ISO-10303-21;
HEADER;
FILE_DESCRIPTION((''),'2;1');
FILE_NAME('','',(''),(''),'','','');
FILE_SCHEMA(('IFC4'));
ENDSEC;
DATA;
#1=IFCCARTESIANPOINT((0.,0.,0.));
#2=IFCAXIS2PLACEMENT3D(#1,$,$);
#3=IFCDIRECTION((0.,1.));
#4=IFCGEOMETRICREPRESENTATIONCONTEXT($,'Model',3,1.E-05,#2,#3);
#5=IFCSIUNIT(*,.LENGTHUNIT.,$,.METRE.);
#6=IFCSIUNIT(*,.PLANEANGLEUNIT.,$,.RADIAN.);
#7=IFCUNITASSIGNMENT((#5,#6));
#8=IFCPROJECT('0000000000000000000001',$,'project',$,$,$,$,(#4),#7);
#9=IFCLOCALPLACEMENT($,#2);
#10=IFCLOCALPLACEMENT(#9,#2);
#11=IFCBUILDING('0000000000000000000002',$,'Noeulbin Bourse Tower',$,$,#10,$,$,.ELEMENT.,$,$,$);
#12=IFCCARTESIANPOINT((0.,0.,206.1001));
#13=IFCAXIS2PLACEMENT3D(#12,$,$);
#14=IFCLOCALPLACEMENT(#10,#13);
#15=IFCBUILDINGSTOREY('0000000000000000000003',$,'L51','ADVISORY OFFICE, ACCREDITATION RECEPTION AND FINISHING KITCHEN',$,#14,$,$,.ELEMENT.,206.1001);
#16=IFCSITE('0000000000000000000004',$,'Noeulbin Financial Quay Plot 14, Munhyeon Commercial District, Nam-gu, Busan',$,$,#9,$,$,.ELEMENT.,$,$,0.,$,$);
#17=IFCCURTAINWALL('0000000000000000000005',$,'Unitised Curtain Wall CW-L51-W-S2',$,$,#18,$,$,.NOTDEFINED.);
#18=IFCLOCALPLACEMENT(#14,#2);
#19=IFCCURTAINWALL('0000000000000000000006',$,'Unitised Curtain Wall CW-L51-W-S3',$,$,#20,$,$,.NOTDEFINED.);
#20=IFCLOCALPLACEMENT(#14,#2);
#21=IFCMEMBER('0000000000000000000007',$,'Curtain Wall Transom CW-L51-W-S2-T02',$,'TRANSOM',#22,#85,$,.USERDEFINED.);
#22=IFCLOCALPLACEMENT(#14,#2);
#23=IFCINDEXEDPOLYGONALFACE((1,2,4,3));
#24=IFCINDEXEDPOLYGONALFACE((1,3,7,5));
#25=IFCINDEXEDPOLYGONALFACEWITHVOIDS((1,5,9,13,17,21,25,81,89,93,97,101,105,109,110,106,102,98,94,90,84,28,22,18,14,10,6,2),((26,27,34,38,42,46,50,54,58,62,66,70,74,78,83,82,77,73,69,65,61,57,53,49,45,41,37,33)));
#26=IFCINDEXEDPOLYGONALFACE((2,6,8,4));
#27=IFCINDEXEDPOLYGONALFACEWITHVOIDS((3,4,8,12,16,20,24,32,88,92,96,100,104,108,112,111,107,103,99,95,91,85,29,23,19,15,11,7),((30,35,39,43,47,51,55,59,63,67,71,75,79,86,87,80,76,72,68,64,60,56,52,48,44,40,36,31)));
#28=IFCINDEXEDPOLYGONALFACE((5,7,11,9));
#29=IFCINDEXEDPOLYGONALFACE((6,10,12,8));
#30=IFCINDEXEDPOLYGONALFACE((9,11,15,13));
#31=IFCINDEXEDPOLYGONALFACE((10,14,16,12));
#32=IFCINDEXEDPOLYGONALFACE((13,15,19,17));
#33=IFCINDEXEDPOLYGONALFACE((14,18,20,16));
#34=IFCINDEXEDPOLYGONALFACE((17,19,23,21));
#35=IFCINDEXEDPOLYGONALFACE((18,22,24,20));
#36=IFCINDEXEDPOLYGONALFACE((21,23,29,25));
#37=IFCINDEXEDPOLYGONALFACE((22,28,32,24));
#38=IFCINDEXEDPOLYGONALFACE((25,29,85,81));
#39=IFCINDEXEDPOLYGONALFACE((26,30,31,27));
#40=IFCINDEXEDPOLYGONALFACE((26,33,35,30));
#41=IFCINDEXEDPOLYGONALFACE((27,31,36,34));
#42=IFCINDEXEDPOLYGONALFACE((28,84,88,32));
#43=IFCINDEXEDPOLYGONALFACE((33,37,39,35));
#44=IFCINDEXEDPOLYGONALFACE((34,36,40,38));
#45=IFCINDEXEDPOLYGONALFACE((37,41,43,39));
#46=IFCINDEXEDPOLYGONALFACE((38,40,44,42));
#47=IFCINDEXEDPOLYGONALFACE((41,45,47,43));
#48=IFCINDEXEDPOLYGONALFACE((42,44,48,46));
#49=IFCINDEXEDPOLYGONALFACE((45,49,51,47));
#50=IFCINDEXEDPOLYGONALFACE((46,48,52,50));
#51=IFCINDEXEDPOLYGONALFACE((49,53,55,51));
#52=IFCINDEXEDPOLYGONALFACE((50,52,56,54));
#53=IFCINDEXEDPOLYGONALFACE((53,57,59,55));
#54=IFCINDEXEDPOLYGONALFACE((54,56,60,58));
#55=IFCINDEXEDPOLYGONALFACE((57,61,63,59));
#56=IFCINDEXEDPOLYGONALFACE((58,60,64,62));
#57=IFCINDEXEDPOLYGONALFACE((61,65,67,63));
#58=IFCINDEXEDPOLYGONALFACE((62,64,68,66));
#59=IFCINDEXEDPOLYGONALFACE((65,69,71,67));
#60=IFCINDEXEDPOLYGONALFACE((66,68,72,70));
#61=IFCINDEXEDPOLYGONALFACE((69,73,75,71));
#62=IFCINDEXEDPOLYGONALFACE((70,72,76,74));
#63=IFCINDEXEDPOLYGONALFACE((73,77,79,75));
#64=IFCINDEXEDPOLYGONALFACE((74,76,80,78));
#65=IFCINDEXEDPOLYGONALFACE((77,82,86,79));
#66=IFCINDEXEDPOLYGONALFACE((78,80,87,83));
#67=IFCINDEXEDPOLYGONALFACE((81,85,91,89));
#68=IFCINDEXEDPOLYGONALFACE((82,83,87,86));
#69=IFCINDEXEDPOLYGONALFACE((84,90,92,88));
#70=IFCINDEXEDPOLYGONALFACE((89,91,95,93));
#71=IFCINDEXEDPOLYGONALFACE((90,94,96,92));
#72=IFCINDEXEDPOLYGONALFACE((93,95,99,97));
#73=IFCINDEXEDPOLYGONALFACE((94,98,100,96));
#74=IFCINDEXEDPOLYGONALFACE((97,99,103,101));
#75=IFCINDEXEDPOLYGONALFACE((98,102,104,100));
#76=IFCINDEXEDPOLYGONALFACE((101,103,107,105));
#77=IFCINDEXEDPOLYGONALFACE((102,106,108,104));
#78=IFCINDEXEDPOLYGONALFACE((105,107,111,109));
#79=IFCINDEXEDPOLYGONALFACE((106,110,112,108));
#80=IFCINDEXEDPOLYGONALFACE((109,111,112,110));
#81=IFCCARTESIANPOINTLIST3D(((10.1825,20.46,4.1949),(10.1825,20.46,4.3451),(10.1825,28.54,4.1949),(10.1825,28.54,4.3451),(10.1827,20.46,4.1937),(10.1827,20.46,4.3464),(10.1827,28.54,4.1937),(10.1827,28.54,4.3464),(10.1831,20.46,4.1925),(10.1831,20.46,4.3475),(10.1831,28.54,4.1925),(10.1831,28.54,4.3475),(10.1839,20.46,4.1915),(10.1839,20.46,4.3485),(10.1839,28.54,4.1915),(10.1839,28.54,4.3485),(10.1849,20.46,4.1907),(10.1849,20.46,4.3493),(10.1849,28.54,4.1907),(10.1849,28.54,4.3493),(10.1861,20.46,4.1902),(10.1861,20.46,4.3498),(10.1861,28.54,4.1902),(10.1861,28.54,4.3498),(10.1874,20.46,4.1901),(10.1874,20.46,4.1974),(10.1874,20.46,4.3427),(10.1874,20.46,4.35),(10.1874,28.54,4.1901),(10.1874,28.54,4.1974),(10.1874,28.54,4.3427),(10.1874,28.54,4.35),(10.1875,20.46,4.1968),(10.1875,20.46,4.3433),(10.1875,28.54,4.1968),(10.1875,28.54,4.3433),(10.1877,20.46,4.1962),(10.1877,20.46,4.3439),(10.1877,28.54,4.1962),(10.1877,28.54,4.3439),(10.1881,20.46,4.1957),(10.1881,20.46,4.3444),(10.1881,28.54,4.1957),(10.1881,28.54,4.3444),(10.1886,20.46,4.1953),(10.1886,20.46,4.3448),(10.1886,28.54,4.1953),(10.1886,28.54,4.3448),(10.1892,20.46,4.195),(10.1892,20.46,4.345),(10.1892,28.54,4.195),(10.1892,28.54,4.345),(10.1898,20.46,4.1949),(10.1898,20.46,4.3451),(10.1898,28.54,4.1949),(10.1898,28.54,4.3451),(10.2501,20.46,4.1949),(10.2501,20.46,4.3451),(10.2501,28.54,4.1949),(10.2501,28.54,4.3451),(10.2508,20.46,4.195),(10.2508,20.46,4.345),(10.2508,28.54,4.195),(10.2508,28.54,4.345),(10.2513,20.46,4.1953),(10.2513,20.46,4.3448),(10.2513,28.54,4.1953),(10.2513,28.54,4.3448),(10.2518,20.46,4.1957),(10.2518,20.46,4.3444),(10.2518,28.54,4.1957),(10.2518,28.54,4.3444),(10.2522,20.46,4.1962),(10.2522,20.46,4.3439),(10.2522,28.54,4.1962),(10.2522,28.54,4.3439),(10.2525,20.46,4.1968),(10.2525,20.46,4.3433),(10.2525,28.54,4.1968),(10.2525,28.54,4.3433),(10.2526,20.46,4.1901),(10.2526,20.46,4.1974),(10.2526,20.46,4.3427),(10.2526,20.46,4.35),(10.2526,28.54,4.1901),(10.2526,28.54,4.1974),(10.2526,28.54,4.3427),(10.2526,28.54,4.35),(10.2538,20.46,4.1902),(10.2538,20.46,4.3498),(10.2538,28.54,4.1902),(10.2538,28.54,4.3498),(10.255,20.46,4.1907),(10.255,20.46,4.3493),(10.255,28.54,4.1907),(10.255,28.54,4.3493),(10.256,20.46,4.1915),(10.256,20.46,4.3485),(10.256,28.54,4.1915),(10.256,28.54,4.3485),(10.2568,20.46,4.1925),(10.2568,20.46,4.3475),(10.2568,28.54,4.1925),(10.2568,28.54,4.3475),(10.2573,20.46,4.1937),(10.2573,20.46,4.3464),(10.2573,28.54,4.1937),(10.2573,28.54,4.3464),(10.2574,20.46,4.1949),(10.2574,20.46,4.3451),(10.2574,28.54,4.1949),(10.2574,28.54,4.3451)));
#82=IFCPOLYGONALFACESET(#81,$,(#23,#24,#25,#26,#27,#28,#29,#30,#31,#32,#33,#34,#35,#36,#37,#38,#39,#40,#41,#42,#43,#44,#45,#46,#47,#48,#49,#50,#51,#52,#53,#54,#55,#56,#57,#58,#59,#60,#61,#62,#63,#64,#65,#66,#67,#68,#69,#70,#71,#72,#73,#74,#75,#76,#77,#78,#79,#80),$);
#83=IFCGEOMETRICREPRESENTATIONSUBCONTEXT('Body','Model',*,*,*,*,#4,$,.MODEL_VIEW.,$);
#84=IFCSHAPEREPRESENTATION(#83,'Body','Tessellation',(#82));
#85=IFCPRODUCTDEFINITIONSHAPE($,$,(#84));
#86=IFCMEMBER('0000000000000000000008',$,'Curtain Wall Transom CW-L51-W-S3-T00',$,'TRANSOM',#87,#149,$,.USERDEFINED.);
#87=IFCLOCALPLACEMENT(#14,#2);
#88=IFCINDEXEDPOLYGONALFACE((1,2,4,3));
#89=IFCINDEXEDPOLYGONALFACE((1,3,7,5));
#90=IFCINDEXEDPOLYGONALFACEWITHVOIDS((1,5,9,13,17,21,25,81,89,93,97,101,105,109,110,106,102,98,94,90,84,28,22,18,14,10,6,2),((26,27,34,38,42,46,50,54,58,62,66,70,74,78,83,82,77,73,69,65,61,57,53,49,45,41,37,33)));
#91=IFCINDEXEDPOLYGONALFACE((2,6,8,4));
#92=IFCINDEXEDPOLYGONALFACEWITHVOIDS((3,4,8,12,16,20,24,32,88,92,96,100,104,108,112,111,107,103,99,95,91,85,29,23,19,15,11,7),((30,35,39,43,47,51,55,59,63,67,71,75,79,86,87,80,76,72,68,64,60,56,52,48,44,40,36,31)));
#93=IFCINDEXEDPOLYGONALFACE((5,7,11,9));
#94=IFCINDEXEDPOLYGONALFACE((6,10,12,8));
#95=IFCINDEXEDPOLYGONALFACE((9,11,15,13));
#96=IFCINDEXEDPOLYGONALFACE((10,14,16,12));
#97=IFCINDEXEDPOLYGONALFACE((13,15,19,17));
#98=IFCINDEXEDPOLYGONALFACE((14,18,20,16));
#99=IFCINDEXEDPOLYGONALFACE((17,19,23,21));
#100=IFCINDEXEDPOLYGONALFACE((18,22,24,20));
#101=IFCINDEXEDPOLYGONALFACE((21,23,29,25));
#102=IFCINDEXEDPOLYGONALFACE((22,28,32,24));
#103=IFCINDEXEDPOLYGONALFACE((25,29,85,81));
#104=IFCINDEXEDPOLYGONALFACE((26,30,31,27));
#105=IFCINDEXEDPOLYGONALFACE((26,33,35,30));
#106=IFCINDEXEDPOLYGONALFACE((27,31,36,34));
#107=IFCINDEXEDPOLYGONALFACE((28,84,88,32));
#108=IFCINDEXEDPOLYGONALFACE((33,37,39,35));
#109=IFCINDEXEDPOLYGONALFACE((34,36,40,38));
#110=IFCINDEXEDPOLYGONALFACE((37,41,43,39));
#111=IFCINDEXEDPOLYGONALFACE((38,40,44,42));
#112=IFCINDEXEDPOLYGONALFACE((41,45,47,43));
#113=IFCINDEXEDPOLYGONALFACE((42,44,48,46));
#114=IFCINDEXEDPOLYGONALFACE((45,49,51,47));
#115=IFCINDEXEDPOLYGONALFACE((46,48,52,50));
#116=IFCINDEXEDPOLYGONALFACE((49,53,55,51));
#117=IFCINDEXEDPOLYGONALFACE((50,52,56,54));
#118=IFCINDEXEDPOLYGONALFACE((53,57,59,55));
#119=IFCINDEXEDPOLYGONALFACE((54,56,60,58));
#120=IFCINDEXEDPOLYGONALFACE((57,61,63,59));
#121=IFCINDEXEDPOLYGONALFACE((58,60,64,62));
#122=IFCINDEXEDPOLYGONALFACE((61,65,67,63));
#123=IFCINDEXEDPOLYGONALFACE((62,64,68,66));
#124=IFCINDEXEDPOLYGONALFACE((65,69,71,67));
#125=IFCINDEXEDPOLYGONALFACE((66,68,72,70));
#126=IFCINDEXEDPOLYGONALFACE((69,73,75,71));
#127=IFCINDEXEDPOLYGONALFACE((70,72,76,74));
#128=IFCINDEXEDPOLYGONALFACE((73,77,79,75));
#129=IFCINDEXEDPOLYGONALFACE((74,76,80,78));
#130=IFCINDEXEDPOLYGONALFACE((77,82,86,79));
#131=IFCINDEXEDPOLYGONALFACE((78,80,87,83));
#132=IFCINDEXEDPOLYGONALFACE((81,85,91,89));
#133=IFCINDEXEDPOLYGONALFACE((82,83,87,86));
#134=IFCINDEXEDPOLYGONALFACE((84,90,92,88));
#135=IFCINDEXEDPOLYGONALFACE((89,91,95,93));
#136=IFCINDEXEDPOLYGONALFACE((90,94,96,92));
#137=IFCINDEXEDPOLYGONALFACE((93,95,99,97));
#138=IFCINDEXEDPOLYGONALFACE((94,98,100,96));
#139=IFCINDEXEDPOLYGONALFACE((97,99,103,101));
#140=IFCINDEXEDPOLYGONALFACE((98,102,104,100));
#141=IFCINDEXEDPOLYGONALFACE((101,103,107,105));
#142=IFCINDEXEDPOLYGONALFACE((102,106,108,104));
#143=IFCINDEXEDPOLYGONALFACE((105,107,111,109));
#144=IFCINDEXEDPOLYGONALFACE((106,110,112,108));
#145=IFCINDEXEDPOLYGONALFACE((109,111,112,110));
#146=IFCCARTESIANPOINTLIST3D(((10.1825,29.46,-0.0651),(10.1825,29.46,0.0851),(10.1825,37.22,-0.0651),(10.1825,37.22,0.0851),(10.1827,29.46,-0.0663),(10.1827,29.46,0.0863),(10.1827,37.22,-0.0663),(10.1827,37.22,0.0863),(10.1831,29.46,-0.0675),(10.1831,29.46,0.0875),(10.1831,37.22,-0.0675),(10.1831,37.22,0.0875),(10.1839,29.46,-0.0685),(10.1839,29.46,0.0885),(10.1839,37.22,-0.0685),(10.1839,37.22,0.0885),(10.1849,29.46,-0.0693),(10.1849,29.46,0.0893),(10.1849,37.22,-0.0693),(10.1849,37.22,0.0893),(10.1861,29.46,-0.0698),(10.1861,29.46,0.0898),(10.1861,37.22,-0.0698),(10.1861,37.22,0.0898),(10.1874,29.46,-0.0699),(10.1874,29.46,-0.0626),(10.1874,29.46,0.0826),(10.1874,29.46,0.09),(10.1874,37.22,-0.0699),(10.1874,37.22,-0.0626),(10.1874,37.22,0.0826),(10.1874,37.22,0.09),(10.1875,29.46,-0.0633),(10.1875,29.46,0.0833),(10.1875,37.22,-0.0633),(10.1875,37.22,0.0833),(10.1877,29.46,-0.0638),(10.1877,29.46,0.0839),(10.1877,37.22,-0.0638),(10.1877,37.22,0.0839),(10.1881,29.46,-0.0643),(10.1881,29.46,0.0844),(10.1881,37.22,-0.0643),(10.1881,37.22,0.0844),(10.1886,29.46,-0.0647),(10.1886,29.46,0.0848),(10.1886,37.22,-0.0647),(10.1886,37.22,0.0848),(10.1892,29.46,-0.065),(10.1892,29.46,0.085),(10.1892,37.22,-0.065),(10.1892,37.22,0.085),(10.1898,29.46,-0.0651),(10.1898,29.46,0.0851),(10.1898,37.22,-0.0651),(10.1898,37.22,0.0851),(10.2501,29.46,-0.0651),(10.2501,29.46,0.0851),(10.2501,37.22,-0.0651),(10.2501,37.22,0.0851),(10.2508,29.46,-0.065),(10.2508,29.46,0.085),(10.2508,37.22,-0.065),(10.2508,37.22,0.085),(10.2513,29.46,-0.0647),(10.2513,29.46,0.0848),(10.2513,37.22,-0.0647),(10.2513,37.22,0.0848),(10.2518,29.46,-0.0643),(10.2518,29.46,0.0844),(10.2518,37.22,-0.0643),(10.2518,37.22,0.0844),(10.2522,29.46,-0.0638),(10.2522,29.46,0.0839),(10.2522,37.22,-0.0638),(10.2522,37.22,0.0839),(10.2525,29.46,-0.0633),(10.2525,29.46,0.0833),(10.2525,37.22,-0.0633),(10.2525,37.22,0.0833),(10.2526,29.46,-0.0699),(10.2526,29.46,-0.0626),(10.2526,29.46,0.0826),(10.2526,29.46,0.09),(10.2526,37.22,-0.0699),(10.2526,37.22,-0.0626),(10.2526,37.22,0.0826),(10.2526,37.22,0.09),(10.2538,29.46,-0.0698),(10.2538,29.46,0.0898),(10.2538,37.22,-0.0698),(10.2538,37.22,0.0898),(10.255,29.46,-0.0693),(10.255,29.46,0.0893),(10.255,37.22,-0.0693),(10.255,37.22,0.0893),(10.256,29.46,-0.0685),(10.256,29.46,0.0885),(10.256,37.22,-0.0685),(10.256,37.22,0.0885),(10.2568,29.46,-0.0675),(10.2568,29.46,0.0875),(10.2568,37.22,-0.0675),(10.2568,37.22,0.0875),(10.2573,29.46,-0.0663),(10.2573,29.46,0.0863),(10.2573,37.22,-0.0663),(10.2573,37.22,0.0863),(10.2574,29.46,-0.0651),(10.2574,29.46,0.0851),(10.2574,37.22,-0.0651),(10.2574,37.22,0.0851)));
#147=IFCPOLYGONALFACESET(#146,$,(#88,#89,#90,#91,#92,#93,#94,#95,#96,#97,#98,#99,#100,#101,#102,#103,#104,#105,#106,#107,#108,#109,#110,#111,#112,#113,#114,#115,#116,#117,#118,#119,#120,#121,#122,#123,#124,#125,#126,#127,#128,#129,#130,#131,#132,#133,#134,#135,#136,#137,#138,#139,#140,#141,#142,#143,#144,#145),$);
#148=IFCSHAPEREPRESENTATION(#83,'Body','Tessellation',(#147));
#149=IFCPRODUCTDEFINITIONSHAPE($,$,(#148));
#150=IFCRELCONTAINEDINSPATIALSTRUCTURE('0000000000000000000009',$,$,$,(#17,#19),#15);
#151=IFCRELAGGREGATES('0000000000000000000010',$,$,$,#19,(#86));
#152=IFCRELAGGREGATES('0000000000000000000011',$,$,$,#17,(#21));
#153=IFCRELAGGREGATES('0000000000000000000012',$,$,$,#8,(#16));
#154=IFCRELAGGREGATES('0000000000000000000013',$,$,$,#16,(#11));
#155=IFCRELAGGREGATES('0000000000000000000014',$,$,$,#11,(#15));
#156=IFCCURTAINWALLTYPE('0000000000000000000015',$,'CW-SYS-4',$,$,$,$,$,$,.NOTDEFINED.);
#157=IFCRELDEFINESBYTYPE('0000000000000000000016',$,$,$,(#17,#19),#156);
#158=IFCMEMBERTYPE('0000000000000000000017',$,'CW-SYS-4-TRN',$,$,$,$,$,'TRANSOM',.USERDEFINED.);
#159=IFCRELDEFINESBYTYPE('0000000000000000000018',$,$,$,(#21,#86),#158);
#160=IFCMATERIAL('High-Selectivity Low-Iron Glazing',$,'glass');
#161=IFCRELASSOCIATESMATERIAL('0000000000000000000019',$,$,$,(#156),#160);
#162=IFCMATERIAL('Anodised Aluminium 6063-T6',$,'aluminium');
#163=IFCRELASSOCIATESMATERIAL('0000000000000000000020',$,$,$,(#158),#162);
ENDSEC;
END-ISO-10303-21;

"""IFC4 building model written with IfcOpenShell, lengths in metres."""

from ifc_helpers import new_model, si_unit, direction, frame, origin, origin_2d, place, context, subcontext, project, spatial, hollow_rectangle, extrude, material, material_profile, profile_set, type_object, element, aggregate, save


model = new_model("IFC4")

# Units and contexts
model_context = context("Model", 3, precision=1e-05, world=origin(), true_north=direction((0.0, 1.0)))
body_context = subcontext(model_context, "Body", "Model", "MODEL_VIEW")
ifc_project = project(units=[si_unit("LENGTHUNIT", "METRE"), si_unit("PLANEANGLEUNIT", "RADIAN")], contexts=[model_context])

# Site, building, storey
site_placement = place(None, origin())
site = spatial("IfcSite", under=ifc_project, at=site_placement, Name="Noeulbin Financial Quay Plot 14, Munhyeon Commercial District, Nam-gu, Busan", CompositionType="ELEMENT", RefElevation=0.0)
building_placement = place(site_placement, origin())
building = spatial("IfcBuilding", under=site, at=building_placement, Name="Noeulbin Bourse Tower", CompositionType="ELEMENT")
storey_placement = place(building_placement, frame((0.0, 0.0, 206.1001)))
storey = spatial("IfcBuildingStorey", under=building, at=storey_placement, Name="L51", Description="ADVISORY OFFICE, ACCREDITATION RECEPTION AND FINISHING KITCHEN", CompositionType="ELEMENT", Elevation=206.1001)

# Curtain wall
ifc_material_1 = material(Name="High-Selectivity Low-Iron Glazing", Category="glass")
curtain_wall_type = type_object("IfcCurtainWallType", Name="CW-SYS-4", PredefinedType="NOTDEFINED", material=ifc_material_1)
curtain_wall_1_placement = place(storey_placement, origin())
curtain_wall_1 = element("IfcCurtainWall", 1, at=curtain_wall_1_placement, inside=storey, type_object=curtain_wall_type, Name="Unitised Curtain Wall CW-L51-W-S2", PredefinedType="NOTDEFINED")
ifc_material_2 = material(Name="Anodised Aluminium 6063-T6", Category="aluminium")

# Curtain wall
curtain_wall_2_placement = place(storey_placement, origin())
curtain_wall_2 = element("IfcCurtainWall", 2, at=curtain_wall_2_placement, inside=storey, type_object=curtain_wall_type, Name="Unitised Curtain Wall CW-L51-W-S3", PredefinedType="NOTDEFINED")

# Members
ifc_material_profile_1 = material_profile(ifc_material_2, hollow_rectangle(XDim=0.075, YDim=0.1599, WallThickness=0.0049, InnerFilletRadius=0.0024, OuterFilletRadius=0.0049, at=origin_2d()), Name="ALU-TRAN-75x160x5", Category="LoadBearing")
ifc_profile_set_1 = profile_set([ifc_material_profile_1], Name="Anodised Aluminium 6063-T6")
member_type_1 = type_object("IfcMemberType", Name="CW-SYS-4-TRN", ElementType="TRANSOM", PredefinedType="USERDEFINED", material=ifc_profile_set_1)
member_1_placement = place(storey_placement, frame((10.22, 20.46, 4.27), z_axis=(0.0, 1.0, 0.0), x_axis=(-1.0, 0.0, 0.0)))
member_1 = element("IfcMember", 3, at=member_1_placement, type_object=member_type_1, Name="Curtain Wall Transom CW-L51-W-S2-T02", ObjectType="TRANSOM", PredefinedType="USERDEFINED", context=body_context, shape_type="SweptSolid", body=[
    extrude(hollow_rectangle(XDim=0.075, YDim=0.1599, WallThickness=0.0049, InnerFilletRadius=0.0024, OuterFilletRadius=0.0049, at=origin_2d()), origin(), (0.0, 0.0, 1.0), 8.0801),
])
member_2_placement = place(storey_placement, frame((10.22, 29.46, 0.01), z_axis=(0.0, 1.0, 0.0), x_axis=(-1.0, 0.0, 0.0)))
member_2 = element("IfcMember", 4, at=member_2_placement, type_object=member_type_1, Name="Curtain Wall Transom CW-L51-W-S3-T00", ObjectType="TRANSOM", PredefinedType="USERDEFINED", context=body_context, shape_type="SweptSolid", body=[
    extrude(hollow_rectangle(XDim=0.075, YDim=0.1599, WallThickness=0.0049, InnerFilletRadius=0.0024, OuterFilletRadius=0.0049, at=origin_2d()), origin(), (0.0, 0.0, 1.0), 7.76),
])
aggregate(curtain_wall_2, [member_2])

aggregate(curtain_wall_1, [member_1])

save(model, "model.ifc")
